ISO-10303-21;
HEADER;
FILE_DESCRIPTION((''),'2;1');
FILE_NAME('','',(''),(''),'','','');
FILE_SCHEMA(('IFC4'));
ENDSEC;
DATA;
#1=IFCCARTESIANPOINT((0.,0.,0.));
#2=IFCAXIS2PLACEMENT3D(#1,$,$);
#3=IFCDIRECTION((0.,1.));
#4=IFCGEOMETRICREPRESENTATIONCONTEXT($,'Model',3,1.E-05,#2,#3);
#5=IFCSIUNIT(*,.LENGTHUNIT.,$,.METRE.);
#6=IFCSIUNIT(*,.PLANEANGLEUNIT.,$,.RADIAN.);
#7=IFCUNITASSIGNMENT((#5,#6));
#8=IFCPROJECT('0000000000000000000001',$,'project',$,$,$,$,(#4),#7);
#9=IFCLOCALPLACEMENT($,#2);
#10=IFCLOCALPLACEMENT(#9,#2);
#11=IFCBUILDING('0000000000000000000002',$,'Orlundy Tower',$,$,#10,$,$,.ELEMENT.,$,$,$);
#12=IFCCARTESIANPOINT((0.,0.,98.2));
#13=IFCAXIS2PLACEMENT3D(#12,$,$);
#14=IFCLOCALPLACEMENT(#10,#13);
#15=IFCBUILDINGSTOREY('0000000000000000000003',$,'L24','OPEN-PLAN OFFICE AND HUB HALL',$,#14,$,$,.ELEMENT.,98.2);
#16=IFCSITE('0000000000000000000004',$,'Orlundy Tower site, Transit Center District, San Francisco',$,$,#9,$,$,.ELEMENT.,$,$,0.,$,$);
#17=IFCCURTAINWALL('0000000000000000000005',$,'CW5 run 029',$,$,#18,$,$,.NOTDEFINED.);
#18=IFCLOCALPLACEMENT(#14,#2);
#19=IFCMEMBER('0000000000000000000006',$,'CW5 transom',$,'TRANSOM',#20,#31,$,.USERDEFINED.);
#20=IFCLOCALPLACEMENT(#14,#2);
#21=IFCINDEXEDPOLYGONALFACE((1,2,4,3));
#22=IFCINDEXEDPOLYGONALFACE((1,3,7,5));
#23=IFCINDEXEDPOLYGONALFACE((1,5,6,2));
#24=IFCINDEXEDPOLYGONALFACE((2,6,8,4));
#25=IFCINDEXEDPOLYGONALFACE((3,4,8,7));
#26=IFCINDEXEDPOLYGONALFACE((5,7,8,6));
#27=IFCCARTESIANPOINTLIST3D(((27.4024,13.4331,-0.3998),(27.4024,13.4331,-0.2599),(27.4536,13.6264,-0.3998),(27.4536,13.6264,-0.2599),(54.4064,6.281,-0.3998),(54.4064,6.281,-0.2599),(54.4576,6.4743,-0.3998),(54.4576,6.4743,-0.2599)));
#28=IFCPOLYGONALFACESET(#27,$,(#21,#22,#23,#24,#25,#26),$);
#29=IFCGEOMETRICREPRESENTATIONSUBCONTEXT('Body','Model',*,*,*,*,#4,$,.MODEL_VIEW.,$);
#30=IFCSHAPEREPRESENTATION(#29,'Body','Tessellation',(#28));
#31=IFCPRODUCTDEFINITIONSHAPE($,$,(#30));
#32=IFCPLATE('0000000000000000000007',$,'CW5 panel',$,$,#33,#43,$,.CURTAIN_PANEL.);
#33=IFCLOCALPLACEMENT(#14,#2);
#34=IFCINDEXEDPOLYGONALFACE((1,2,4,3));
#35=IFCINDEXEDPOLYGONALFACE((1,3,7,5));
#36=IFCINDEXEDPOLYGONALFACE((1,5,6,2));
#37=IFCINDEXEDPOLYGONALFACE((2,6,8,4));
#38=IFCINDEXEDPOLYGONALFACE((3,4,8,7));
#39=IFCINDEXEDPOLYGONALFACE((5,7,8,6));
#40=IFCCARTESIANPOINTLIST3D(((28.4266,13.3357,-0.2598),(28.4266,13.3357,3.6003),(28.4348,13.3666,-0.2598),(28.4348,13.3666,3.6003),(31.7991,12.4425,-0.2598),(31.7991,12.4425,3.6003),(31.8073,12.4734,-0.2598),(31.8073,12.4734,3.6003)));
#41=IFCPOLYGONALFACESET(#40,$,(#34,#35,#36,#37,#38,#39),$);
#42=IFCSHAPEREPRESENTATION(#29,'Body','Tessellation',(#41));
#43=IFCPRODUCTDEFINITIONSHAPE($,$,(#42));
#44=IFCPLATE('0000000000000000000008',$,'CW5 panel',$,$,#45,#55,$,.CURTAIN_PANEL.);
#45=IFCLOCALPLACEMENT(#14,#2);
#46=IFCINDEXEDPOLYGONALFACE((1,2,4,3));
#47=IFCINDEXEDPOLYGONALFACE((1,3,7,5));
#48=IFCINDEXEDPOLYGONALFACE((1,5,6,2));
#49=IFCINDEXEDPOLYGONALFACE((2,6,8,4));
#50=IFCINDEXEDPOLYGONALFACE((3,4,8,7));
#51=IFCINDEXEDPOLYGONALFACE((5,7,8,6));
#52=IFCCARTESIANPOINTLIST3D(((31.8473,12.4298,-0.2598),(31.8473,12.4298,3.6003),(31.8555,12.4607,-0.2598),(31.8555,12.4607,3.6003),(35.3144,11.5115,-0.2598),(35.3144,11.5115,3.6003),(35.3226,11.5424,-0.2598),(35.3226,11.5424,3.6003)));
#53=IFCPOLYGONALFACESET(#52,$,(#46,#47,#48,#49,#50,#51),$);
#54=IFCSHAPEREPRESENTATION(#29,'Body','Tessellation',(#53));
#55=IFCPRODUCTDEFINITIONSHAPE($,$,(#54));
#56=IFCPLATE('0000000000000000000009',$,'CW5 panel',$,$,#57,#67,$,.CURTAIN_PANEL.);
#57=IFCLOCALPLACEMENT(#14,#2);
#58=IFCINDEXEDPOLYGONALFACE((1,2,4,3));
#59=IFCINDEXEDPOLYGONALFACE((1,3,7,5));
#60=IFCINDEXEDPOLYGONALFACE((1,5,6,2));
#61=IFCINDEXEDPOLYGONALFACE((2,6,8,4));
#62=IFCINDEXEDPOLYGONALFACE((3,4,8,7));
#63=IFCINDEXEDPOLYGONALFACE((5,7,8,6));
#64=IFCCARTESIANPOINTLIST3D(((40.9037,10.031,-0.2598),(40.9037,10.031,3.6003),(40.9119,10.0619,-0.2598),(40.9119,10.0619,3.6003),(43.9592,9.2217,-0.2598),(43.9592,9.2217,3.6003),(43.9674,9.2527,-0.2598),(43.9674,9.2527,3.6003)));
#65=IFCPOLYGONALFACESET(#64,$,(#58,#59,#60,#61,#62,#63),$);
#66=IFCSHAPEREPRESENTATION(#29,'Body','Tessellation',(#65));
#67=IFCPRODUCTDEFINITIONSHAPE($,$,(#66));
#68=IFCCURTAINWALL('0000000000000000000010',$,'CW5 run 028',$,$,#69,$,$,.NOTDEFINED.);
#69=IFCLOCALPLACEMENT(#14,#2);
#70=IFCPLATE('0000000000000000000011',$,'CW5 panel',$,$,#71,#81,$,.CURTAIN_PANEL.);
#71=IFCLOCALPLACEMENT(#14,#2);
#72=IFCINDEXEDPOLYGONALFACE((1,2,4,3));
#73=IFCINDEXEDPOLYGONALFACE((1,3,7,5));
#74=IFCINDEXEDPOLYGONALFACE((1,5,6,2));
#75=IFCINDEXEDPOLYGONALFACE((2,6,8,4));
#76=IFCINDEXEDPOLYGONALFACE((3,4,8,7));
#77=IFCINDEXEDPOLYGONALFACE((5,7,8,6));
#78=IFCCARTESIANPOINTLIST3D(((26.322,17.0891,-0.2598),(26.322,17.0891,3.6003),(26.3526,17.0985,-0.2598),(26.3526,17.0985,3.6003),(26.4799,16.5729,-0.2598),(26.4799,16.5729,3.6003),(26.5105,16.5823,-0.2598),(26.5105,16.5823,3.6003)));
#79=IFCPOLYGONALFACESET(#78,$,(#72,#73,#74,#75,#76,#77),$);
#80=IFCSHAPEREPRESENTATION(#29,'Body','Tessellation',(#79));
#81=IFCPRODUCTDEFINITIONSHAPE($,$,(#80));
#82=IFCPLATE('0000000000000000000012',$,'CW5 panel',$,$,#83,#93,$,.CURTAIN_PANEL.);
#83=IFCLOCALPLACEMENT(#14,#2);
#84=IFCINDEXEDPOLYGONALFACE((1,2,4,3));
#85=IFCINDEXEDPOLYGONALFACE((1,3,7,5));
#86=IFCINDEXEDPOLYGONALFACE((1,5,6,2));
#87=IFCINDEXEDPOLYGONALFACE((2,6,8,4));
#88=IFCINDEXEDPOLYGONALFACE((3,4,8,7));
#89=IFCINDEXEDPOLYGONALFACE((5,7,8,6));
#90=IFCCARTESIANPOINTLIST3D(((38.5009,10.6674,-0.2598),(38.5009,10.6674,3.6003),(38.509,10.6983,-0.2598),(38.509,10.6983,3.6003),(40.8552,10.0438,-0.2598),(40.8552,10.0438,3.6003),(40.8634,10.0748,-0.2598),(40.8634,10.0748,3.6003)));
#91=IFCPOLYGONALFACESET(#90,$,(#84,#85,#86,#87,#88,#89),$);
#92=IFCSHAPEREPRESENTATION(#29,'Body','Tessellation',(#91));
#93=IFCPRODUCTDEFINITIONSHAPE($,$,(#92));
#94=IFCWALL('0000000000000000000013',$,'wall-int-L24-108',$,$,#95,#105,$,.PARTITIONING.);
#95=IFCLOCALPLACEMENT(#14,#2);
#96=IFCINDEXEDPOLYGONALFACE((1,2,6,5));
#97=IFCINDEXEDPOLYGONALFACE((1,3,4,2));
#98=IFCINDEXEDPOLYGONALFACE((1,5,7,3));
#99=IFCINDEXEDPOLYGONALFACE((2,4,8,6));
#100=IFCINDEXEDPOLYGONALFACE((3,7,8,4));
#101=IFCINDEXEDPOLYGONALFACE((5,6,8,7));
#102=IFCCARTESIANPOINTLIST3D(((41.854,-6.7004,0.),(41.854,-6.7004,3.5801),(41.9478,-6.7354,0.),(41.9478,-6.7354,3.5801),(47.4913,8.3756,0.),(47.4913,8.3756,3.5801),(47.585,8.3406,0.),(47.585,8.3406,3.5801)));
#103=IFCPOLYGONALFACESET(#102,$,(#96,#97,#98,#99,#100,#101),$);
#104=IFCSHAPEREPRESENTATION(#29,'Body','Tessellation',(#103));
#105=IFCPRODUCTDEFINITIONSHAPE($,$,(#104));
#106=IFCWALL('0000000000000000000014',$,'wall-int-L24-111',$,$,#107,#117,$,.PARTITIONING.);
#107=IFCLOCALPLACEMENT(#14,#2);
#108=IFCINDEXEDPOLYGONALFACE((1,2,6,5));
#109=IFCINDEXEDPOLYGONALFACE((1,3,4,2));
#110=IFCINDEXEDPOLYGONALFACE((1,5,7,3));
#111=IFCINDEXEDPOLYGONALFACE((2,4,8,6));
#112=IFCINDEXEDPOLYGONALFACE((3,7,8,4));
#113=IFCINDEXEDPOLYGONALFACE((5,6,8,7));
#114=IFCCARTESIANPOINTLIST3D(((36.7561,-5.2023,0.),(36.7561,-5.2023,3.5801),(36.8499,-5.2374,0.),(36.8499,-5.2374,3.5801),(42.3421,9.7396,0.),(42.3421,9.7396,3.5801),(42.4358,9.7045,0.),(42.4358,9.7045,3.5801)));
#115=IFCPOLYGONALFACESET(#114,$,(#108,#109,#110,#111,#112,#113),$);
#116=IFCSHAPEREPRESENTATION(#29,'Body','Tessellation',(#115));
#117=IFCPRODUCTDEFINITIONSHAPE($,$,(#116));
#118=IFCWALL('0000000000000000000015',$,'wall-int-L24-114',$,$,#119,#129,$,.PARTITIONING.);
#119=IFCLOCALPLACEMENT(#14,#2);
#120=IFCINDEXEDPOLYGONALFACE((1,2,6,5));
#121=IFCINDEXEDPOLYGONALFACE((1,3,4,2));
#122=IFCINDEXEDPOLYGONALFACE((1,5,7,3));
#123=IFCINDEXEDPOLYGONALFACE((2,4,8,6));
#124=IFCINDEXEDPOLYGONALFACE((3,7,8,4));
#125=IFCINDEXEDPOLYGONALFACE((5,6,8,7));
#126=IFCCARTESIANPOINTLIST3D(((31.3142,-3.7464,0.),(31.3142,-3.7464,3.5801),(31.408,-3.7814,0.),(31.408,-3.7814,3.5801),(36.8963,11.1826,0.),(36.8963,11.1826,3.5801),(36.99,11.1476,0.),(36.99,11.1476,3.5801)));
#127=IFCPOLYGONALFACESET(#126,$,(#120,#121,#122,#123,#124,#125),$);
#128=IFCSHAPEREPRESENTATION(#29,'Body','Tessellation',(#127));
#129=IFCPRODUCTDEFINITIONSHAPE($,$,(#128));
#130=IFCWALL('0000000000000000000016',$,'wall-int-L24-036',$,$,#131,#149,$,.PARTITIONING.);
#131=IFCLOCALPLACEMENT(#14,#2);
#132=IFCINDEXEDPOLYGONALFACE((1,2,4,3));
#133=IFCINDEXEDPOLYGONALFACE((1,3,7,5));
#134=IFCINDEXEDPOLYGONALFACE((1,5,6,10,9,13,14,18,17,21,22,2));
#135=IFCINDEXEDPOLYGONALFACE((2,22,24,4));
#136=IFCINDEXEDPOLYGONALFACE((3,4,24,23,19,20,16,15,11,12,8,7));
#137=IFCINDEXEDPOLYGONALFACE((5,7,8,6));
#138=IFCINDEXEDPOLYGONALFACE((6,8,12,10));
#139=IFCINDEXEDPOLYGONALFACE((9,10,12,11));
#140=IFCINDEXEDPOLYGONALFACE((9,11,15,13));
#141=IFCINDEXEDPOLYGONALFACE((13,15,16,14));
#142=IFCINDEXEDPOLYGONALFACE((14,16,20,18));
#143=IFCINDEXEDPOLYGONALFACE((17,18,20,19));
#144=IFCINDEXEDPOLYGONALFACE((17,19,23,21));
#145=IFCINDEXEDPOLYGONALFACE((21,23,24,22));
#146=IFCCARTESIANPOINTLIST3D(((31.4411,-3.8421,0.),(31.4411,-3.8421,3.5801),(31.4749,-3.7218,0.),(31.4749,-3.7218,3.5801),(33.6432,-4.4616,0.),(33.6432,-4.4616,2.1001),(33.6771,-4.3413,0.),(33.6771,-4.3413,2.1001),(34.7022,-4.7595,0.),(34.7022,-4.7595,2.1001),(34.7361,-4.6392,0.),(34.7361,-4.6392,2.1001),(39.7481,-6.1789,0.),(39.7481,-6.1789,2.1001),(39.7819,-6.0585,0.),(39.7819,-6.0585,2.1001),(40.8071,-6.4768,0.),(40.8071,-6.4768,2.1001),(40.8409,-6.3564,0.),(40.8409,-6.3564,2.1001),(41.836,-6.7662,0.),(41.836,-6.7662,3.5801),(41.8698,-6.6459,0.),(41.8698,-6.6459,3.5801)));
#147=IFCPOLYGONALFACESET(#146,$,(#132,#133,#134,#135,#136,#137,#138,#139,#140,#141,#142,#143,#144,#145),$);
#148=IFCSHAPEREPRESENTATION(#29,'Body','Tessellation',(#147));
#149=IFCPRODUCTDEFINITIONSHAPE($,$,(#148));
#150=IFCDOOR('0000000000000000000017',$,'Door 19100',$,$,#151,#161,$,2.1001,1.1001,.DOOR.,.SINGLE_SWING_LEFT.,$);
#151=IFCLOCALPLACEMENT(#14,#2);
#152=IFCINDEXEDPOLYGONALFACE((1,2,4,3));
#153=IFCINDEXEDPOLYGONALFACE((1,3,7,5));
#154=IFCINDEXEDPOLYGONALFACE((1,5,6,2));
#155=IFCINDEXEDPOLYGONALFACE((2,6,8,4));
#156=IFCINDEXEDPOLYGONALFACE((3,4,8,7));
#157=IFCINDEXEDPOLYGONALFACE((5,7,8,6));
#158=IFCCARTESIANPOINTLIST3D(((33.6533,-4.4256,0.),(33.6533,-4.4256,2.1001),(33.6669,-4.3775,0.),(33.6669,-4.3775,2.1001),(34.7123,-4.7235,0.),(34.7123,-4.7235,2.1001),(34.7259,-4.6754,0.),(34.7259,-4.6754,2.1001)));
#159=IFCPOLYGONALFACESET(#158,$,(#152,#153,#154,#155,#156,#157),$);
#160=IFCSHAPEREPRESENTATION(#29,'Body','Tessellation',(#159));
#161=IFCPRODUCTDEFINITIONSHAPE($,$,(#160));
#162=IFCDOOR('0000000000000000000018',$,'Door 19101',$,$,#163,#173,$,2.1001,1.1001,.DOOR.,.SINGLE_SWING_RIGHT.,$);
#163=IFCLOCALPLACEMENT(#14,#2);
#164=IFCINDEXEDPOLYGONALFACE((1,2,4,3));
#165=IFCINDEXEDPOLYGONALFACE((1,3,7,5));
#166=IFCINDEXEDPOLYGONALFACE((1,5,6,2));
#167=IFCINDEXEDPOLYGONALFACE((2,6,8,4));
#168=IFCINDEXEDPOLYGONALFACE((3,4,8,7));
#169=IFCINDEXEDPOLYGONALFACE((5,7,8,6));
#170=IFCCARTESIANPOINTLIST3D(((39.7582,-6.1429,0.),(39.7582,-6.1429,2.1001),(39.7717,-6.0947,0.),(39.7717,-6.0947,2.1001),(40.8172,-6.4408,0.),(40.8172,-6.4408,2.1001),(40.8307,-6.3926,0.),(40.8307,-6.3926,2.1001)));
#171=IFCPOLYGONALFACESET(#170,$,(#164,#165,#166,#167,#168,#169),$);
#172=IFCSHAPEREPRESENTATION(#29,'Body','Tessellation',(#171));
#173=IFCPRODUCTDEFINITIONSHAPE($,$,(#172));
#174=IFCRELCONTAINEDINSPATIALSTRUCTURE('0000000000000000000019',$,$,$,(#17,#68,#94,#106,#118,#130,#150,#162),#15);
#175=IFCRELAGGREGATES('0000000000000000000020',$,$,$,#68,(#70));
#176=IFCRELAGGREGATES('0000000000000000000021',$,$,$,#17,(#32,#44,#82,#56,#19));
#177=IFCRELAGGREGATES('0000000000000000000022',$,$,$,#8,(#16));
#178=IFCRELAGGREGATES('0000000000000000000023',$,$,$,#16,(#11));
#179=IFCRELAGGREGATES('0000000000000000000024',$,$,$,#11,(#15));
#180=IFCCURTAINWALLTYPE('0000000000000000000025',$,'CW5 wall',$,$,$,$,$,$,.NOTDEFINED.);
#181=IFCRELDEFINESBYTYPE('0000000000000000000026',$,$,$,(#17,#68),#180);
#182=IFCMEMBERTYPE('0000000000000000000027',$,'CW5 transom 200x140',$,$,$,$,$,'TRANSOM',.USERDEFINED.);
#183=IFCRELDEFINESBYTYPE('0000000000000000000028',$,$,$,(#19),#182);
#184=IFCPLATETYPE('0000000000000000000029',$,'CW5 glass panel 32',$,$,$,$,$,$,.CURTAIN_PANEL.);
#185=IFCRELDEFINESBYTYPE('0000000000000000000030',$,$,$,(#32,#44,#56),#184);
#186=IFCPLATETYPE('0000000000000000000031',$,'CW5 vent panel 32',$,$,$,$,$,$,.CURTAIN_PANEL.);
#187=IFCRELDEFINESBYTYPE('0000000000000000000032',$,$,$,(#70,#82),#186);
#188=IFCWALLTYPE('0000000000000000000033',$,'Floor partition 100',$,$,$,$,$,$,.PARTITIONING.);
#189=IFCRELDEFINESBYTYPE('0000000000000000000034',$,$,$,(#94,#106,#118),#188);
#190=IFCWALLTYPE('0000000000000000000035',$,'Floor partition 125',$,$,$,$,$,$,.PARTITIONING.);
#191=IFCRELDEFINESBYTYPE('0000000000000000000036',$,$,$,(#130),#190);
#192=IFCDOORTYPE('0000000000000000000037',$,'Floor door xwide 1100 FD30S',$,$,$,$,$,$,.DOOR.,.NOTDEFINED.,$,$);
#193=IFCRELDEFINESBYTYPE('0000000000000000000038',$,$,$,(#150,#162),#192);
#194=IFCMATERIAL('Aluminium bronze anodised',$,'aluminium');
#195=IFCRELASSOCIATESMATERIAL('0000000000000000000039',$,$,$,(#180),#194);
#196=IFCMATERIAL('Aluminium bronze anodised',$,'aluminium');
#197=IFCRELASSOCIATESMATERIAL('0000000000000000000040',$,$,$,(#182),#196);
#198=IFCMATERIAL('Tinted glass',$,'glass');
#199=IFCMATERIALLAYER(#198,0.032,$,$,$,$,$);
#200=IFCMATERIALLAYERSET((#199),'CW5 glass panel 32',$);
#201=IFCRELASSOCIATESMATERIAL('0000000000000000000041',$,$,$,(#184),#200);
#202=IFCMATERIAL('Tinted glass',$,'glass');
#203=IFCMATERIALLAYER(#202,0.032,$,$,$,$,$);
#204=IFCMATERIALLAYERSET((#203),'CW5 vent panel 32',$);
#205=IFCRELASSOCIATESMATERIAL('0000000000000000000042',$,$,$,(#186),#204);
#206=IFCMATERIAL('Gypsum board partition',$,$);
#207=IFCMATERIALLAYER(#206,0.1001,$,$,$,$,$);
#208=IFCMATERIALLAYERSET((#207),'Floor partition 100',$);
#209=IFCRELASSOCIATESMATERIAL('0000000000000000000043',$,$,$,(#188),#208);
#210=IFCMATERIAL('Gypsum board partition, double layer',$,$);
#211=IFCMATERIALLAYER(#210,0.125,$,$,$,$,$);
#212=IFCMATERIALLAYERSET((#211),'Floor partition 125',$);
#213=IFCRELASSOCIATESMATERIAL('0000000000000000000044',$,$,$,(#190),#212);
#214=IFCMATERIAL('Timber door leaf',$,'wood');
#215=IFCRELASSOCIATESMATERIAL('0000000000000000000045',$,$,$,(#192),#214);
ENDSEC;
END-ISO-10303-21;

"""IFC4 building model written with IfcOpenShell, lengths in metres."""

from ifc_helpers import new_model, si_unit, direction, frame, frame_2d, origin, origin_2d, place, context, subcontext, project, spatial, rectangle, extrude, material, layer, layer_set, material_profile, profile_set, type_object, element, fill, aggregate, save


model = new_model("IFC4")

# Units and contexts
model_context = context("Model", 3, precision=1e-05, world=origin(), true_north=direction((0.0, 1.0)))
body_context = subcontext(model_context, "Body", "Model", "MODEL_VIEW")
ifc_project = project(units=[si_unit("LENGTHUNIT", "METRE"), si_unit("PLANEANGLEUNIT", "RADIAN")], contexts=[model_context])

# Site, building, storey
site_placement = place(None, origin())
site = spatial("IfcSite", under=ifc_project, at=site_placement, Name="Orlundy Tower site, Transit Center District, San Francisco", CompositionType="ELEMENT", RefElevation=0.0)
building_placement = place(site_placement, origin())
building = spatial("IfcBuilding", under=site, at=building_placement, Name="Orlundy Tower", CompositionType="ELEMENT")
storey_placement = place(building_placement, frame((0.0, 0.0, 98.2)))
storey = spatial("IfcBuildingStorey", under=building, at=storey_placement, Name="L24", Description="OPEN-PLAN OFFICE AND HUB HALL", CompositionType="ELEMENT", Elevation=98.2)

# Curtain wall, member, plates
ifc_material_1 = material(Name="Aluminium bronze anodised", Category="aluminium")
curtain_wall_type = type_object("IfcCurtainWallType", Name="CW5 wall", PredefinedType="NOTDEFINED", material=ifc_material_1)
curtain_wall_1_placement = place(storey_placement, origin())
curtain_wall_1 = element("IfcCurtainWall", 1, at=curtain_wall_1_placement, inside=storey, type_object=curtain_wall_type, Name="CW5 run 029", PredefinedType="NOTDEFINED")
ifc_material_2 = material(Name="Aluminium bronze anodised", Category="aluminium")
ifc_material_profile_1 = material_profile(ifc_material_2, rectangle(XDim=0.2, YDim=0.1399, at=origin_2d()), Name="CW5 transom 200x140")
ifc_profile_set_1 = profile_set([ifc_material_profile_1], Name="Aluminium bronze anodised")
member_type_1 = type_object("IfcMemberType", Name="CW5 transom 200x140", ElementType="TRANSOM", PredefinedType="USERDEFINED", material=ifc_profile_set_1)
member_1_placement = place(storey_placement, frame((27.428, 13.5298, -0.3298), z_axis=(0.96667, -0.256027, 0.0), x_axis=(0.256027, 0.96667, 0.0)))
member_1 = element("IfcMember", 2, at=member_1_placement, type_object=member_type_1, Name="CW5 transom", ObjectType="TRANSOM", PredefinedType="USERDEFINED", context=body_context, shape_type="SweptSolid", body=[
    extrude(rectangle(XDim=0.2, YDim=0.1399, at=origin_2d()), origin(), (0.0, 0.0, 1.0), 27.9351),
])
ifc_material_3 = material(Name="Tinted glass", Category="glass")
ifc_layer_1 = layer(ifc_material_3, 0.032)
ifc_layer_set_1 = layer_set([ifc_layer_1], Name="CW5 glass panel 32")
plate_type_1 = type_object("IfcPlateType", Name="CW5 glass panel 32", PredefinedType="CURTAIN_PANEL", material=ifc_layer_set_1)
plate_1_placement = place(storey_placement, frame((30.1169, 12.9045, -0.2598), z_axis=(0.0, 0.0, 1.0), x_axis=(0.966668, -0.256032, 0.0)))
plate_1 = element("IfcPlate", 3, at=plate_1_placement, type_object=plate_type_1, Name="CW5 panel", PredefinedType="CURTAIN_PANEL", context=body_context, shape_type="SweptSolid", body=[
    extrude(rectangle(XDim=3.4888, YDim=0.032, at=origin_2d()), origin(), (0.0, 0.0, 1.0), 3.8601),
])
plate_2_placement = place(storey_placement, frame((33.585, 11.9861, -0.2598), z_axis=(0.0, 0.0, 1.0), x_axis=(0.966668, -0.256032, 0.0)))
plate_2 = element("IfcPlate", 4, at=plate_2_placement, type_object=plate_type_1, Name="CW5 panel", PredefinedType="CURTAIN_PANEL", context=body_context, shape_type="SweptSolid", body=[
    extrude(rectangle(XDim=3.5867, YDim=0.032, at=origin_2d()), origin(), (0.0, 0.0, 1.0), 3.8601),
])
plate_3_placement = place(storey_placement, frame((42.4355, 9.6418, -0.2598), z_axis=(0.0, 0.0, 1.0), x_axis=(0.966668, -0.256032, 0.0)))
plate_3 = element("IfcPlate", 5, at=plate_3_placement, type_object=plate_type_1, Name="CW5 panel", PredefinedType="CURTAIN_PANEL", context=body_context, shape_type="SweptSolid", body=[
    extrude(rectangle(XDim=3.1609, YDim=0.032, at=origin_2d()), origin(), (0.0, 0.0, 1.0), 3.8601),
])

# Curtain wall, plate
curtain_wall_2_placement = place(storey_placement, origin())
curtain_wall_2 = element("IfcCurtainWall", 6, at=curtain_wall_2_placement, inside=storey, type_object=curtain_wall_type, Name="CW5 run 028", PredefinedType="NOTDEFINED")
ifc_material_4 = material(Name="Tinted glass", Category="glass")
ifc_layer_2 = layer(ifc_material_4, 0.032)
ifc_layer_set_2 = layer_set([ifc_layer_2], Name="CW5 vent panel 32")
plate_type_2 = type_object("IfcPlateType", Name="CW5 vent panel 32", PredefinedType="CURTAIN_PANEL", material=ifc_layer_set_2)
plate_4_placement = place(storey_placement, frame((26.4163, 16.8357, -0.2598), z_axis=(0.0, 0.0, 1.0), x_axis=(0.292401, -0.956296, 0.0)))
plate_4 = element("IfcPlate", 7, at=plate_4_placement, type_object=plate_type_2, Name="CW5 panel", PredefinedType="CURTAIN_PANEL", context=body_context, shape_type="SweptSolid", body=[
    extrude(rectangle(XDim=0.5398, YDim=0.032, at=origin_2d()), origin(), (0.0, 0.0, 1.0), 3.8601),
])
aggregate(curtain_wall_2, [plate_4])

# Plate
plate_5_placement = place(storey_placement, frame((39.6821, 10.3711, -0.2598), z_axis=(0.0, 0.0, 1.0), x_axis=(0.966668, -0.256032, 0.0)))
plate_5 = element("IfcPlate", 8, at=plate_5_placement, type_object=plate_type_2, Name="CW5 panel", PredefinedType="CURTAIN_PANEL", context=body_context, shape_type="SweptSolid", body=[
    extrude(rectangle(XDim=2.4355, YDim=0.032, at=origin_2d()), origin(), (0.0, 0.0, 1.0), 3.8601),
])
aggregate(curtain_wall_1, [plate_1, plate_2, plate_5, plate_3, member_1])

# Walls
ifc_material_5 = material(Name="Gypsum board partition")
ifc_layer_3 = layer(ifc_material_5, 0.1001)
ifc_layer_set_3 = layer_set([ifc_layer_3], Name="Floor partition 100")
wall_type_1 = type_object("IfcWallType", Name="Floor partition 100", PredefinedType="PARTITIONING", material=ifc_layer_set_3)
wall_1_placement = place(storey_placement, frame((41.9009, -6.718, 0.0), z_axis=(0.0, 0.0, 1.0), x_axis=(0.350237, 0.936661, 0.0)))
element("IfcWall", 9, at=wall_1_placement, inside=storey, type_object=wall_type_1, Name="wall-int-L24-108", PredefinedType="PARTITIONING", context=body_context, shape_type="SweptSolid", body=[
    extrude(rectangle(XDim=16.0955, YDim=0.1001, at=frame_2d((8.0479, 0.0))), origin(), (0.0, 0.0, 1.0), 3.5801),
])
wall_2_placement = place(storey_placement, frame((36.803, -5.22, 0.0), z_axis=(0.0, 0.0, 1.0), x_axis=(0.350174, 0.936685, 0.0)))
element("IfcWall", 10, at=wall_2_placement, inside=storey, type_object=wall_type_1, Name="wall-int-L24-111", PredefinedType="PARTITIONING", context=body_context, shape_type="SweptSolid", body=[
    extrude(rectangle(XDim=15.9519, YDim=0.1001, at=frame_2d((7.9761, 0.0))), origin(), (0.0, 0.0, 1.0), 3.5801),
])
wall_3_placement = place(storey_placement, frame((31.3611, -3.7639, 0.0), z_axis=(0.0, 0.0, 1.0), x_axis=(0.350225, 0.936666, 0.0)))
element("IfcWall", 11, at=wall_3_placement, inside=storey, type_object=wall_type_1, Name="wall-int-L24-114", PredefinedType="PARTITIONING", context=body_context, shape_type="SweptSolid", body=[
    extrude(rectangle(XDim=15.9385, YDim=0.1001, at=frame_2d((7.9692, 0.0))), origin(), (0.0, 0.0, 1.0), 3.5801),
])

# Wall, openings, doors
ifc_material_6 = material(Name="Gypsum board partition, double layer")
ifc_layer_4 = layer(ifc_material_6, 0.125)
ifc_layer_set_4 = layer_set([ifc_layer_4], Name="Floor partition 125")
wall_type_2 = type_object("IfcWallType", Name="Floor partition 125", PredefinedType="PARTITIONING", material=ifc_layer_set_4)
wall_4_placement = place(storey_placement, frame((31.458, -3.782, 0.0), z_axis=(0.0, 0.0, 1.0), x_axis=(0.96264, -0.270786, 0.0)))
wall_4 = element("IfcWall", 12, at=wall_4_placement, inside=storey, type_object=wall_type_2, Name="wall-int-L24-036", PredefinedType="PARTITIONING", context=body_context, shape_type="SweptSolid", body=[
    extrude(rectangle(XDim=10.7983, YDim=0.125, at=frame_2d((5.3992, 0.0))), origin(), (0.0, 0.0, 1.0), 3.5801),
])
opening_1_placement = place(wall_4_placement, frame((2.2876, 0.0, 0.0)))
opening_1 = element("IfcOpeningElement", 13, at=opening_1_placement, cuts=wall_4, PredefinedType="OPENING", context=body_context, shape_type="SweptSolid", body=[
    extrude(rectangle(XDim=1.1001, YDim=2.1001, at=frame_2d((0.55, 1.05))), frame((0.0, 0.0725, 0.0), z_axis=(0.0, -1.0, 0.0), x_axis=(1.0, 0.0, 0.0)), (0.0, 0.0, 1.0), 0.145),
])
opening_2_placement = place(wall_4_placement, frame((8.6294, 0.0, 0.0)))
opening_2 = element("IfcOpeningElement", 14, at=opening_2_placement, cuts=wall_4, PredefinedType="OPENING", context=body_context, shape_type="SweptSolid", body=[
    extrude(rectangle(XDim=1.1001, YDim=2.1001, at=frame_2d((0.55, 1.05))), frame((0.0, 0.0725, 0.0), z_axis=(0.0, -1.0, 0.0), x_axis=(1.0, 0.0, 0.0)), (0.0, 0.0, 1.0), 0.145),
])
ifc_material_7 = material(Name="Timber door leaf", Category="wood")
door_type = type_object("IfcDoorType", Name="Floor door xwide 1100 FD30S", OperationType="NOTDEFINED", PredefinedType="DOOR", material=ifc_material_7)
door_1_placement = place(opening_1_placement, origin())
door_1 = element("IfcDoor", 15, at=door_1_placement, inside=storey, type_object=door_type, Name="Door 19100", OperationType="SINGLE_SWING_LEFT", OverallHeight=2.1001, OverallWidth=1.1001, PredefinedType="DOOR", context=body_context, shape_type="SweptSolid", body=[
    extrude(rectangle(XDim=1.1001, YDim=2.1001, at=frame_2d((0.55, 1.05))), frame((0.0, 0.0249, 0.0), z_axis=(0.0, -1.0, 0.0), x_axis=(1.0, 0.0, 0.0)), (0.0, 0.0, 1.0), 0.05),
])
fill(opening_1, door_1)
door_2_placement = place(opening_2_placement, origin())
door_2 = element("IfcDoor", 16, at=door_2_placement, inside=storey, type_object=door_type, Name="Door 19101", OperationType="SINGLE_SWING_RIGHT", OverallHeight=2.1001, OverallWidth=1.1001, PredefinedType="DOOR", context=body_context, shape_type="SweptSolid", body=[
    extrude(rectangle(XDim=1.1001, YDim=2.1001, at=frame_2d((0.55, 1.05))), frame((0.0, 0.0249, 0.0), z_axis=(0.0, -1.0, 0.0), x_axis=(1.0, 0.0, 0.0)), (0.0, 0.0, 1.0), 0.05),
])
fill(opening_2, door_2)

save(model, "model.ifc")
